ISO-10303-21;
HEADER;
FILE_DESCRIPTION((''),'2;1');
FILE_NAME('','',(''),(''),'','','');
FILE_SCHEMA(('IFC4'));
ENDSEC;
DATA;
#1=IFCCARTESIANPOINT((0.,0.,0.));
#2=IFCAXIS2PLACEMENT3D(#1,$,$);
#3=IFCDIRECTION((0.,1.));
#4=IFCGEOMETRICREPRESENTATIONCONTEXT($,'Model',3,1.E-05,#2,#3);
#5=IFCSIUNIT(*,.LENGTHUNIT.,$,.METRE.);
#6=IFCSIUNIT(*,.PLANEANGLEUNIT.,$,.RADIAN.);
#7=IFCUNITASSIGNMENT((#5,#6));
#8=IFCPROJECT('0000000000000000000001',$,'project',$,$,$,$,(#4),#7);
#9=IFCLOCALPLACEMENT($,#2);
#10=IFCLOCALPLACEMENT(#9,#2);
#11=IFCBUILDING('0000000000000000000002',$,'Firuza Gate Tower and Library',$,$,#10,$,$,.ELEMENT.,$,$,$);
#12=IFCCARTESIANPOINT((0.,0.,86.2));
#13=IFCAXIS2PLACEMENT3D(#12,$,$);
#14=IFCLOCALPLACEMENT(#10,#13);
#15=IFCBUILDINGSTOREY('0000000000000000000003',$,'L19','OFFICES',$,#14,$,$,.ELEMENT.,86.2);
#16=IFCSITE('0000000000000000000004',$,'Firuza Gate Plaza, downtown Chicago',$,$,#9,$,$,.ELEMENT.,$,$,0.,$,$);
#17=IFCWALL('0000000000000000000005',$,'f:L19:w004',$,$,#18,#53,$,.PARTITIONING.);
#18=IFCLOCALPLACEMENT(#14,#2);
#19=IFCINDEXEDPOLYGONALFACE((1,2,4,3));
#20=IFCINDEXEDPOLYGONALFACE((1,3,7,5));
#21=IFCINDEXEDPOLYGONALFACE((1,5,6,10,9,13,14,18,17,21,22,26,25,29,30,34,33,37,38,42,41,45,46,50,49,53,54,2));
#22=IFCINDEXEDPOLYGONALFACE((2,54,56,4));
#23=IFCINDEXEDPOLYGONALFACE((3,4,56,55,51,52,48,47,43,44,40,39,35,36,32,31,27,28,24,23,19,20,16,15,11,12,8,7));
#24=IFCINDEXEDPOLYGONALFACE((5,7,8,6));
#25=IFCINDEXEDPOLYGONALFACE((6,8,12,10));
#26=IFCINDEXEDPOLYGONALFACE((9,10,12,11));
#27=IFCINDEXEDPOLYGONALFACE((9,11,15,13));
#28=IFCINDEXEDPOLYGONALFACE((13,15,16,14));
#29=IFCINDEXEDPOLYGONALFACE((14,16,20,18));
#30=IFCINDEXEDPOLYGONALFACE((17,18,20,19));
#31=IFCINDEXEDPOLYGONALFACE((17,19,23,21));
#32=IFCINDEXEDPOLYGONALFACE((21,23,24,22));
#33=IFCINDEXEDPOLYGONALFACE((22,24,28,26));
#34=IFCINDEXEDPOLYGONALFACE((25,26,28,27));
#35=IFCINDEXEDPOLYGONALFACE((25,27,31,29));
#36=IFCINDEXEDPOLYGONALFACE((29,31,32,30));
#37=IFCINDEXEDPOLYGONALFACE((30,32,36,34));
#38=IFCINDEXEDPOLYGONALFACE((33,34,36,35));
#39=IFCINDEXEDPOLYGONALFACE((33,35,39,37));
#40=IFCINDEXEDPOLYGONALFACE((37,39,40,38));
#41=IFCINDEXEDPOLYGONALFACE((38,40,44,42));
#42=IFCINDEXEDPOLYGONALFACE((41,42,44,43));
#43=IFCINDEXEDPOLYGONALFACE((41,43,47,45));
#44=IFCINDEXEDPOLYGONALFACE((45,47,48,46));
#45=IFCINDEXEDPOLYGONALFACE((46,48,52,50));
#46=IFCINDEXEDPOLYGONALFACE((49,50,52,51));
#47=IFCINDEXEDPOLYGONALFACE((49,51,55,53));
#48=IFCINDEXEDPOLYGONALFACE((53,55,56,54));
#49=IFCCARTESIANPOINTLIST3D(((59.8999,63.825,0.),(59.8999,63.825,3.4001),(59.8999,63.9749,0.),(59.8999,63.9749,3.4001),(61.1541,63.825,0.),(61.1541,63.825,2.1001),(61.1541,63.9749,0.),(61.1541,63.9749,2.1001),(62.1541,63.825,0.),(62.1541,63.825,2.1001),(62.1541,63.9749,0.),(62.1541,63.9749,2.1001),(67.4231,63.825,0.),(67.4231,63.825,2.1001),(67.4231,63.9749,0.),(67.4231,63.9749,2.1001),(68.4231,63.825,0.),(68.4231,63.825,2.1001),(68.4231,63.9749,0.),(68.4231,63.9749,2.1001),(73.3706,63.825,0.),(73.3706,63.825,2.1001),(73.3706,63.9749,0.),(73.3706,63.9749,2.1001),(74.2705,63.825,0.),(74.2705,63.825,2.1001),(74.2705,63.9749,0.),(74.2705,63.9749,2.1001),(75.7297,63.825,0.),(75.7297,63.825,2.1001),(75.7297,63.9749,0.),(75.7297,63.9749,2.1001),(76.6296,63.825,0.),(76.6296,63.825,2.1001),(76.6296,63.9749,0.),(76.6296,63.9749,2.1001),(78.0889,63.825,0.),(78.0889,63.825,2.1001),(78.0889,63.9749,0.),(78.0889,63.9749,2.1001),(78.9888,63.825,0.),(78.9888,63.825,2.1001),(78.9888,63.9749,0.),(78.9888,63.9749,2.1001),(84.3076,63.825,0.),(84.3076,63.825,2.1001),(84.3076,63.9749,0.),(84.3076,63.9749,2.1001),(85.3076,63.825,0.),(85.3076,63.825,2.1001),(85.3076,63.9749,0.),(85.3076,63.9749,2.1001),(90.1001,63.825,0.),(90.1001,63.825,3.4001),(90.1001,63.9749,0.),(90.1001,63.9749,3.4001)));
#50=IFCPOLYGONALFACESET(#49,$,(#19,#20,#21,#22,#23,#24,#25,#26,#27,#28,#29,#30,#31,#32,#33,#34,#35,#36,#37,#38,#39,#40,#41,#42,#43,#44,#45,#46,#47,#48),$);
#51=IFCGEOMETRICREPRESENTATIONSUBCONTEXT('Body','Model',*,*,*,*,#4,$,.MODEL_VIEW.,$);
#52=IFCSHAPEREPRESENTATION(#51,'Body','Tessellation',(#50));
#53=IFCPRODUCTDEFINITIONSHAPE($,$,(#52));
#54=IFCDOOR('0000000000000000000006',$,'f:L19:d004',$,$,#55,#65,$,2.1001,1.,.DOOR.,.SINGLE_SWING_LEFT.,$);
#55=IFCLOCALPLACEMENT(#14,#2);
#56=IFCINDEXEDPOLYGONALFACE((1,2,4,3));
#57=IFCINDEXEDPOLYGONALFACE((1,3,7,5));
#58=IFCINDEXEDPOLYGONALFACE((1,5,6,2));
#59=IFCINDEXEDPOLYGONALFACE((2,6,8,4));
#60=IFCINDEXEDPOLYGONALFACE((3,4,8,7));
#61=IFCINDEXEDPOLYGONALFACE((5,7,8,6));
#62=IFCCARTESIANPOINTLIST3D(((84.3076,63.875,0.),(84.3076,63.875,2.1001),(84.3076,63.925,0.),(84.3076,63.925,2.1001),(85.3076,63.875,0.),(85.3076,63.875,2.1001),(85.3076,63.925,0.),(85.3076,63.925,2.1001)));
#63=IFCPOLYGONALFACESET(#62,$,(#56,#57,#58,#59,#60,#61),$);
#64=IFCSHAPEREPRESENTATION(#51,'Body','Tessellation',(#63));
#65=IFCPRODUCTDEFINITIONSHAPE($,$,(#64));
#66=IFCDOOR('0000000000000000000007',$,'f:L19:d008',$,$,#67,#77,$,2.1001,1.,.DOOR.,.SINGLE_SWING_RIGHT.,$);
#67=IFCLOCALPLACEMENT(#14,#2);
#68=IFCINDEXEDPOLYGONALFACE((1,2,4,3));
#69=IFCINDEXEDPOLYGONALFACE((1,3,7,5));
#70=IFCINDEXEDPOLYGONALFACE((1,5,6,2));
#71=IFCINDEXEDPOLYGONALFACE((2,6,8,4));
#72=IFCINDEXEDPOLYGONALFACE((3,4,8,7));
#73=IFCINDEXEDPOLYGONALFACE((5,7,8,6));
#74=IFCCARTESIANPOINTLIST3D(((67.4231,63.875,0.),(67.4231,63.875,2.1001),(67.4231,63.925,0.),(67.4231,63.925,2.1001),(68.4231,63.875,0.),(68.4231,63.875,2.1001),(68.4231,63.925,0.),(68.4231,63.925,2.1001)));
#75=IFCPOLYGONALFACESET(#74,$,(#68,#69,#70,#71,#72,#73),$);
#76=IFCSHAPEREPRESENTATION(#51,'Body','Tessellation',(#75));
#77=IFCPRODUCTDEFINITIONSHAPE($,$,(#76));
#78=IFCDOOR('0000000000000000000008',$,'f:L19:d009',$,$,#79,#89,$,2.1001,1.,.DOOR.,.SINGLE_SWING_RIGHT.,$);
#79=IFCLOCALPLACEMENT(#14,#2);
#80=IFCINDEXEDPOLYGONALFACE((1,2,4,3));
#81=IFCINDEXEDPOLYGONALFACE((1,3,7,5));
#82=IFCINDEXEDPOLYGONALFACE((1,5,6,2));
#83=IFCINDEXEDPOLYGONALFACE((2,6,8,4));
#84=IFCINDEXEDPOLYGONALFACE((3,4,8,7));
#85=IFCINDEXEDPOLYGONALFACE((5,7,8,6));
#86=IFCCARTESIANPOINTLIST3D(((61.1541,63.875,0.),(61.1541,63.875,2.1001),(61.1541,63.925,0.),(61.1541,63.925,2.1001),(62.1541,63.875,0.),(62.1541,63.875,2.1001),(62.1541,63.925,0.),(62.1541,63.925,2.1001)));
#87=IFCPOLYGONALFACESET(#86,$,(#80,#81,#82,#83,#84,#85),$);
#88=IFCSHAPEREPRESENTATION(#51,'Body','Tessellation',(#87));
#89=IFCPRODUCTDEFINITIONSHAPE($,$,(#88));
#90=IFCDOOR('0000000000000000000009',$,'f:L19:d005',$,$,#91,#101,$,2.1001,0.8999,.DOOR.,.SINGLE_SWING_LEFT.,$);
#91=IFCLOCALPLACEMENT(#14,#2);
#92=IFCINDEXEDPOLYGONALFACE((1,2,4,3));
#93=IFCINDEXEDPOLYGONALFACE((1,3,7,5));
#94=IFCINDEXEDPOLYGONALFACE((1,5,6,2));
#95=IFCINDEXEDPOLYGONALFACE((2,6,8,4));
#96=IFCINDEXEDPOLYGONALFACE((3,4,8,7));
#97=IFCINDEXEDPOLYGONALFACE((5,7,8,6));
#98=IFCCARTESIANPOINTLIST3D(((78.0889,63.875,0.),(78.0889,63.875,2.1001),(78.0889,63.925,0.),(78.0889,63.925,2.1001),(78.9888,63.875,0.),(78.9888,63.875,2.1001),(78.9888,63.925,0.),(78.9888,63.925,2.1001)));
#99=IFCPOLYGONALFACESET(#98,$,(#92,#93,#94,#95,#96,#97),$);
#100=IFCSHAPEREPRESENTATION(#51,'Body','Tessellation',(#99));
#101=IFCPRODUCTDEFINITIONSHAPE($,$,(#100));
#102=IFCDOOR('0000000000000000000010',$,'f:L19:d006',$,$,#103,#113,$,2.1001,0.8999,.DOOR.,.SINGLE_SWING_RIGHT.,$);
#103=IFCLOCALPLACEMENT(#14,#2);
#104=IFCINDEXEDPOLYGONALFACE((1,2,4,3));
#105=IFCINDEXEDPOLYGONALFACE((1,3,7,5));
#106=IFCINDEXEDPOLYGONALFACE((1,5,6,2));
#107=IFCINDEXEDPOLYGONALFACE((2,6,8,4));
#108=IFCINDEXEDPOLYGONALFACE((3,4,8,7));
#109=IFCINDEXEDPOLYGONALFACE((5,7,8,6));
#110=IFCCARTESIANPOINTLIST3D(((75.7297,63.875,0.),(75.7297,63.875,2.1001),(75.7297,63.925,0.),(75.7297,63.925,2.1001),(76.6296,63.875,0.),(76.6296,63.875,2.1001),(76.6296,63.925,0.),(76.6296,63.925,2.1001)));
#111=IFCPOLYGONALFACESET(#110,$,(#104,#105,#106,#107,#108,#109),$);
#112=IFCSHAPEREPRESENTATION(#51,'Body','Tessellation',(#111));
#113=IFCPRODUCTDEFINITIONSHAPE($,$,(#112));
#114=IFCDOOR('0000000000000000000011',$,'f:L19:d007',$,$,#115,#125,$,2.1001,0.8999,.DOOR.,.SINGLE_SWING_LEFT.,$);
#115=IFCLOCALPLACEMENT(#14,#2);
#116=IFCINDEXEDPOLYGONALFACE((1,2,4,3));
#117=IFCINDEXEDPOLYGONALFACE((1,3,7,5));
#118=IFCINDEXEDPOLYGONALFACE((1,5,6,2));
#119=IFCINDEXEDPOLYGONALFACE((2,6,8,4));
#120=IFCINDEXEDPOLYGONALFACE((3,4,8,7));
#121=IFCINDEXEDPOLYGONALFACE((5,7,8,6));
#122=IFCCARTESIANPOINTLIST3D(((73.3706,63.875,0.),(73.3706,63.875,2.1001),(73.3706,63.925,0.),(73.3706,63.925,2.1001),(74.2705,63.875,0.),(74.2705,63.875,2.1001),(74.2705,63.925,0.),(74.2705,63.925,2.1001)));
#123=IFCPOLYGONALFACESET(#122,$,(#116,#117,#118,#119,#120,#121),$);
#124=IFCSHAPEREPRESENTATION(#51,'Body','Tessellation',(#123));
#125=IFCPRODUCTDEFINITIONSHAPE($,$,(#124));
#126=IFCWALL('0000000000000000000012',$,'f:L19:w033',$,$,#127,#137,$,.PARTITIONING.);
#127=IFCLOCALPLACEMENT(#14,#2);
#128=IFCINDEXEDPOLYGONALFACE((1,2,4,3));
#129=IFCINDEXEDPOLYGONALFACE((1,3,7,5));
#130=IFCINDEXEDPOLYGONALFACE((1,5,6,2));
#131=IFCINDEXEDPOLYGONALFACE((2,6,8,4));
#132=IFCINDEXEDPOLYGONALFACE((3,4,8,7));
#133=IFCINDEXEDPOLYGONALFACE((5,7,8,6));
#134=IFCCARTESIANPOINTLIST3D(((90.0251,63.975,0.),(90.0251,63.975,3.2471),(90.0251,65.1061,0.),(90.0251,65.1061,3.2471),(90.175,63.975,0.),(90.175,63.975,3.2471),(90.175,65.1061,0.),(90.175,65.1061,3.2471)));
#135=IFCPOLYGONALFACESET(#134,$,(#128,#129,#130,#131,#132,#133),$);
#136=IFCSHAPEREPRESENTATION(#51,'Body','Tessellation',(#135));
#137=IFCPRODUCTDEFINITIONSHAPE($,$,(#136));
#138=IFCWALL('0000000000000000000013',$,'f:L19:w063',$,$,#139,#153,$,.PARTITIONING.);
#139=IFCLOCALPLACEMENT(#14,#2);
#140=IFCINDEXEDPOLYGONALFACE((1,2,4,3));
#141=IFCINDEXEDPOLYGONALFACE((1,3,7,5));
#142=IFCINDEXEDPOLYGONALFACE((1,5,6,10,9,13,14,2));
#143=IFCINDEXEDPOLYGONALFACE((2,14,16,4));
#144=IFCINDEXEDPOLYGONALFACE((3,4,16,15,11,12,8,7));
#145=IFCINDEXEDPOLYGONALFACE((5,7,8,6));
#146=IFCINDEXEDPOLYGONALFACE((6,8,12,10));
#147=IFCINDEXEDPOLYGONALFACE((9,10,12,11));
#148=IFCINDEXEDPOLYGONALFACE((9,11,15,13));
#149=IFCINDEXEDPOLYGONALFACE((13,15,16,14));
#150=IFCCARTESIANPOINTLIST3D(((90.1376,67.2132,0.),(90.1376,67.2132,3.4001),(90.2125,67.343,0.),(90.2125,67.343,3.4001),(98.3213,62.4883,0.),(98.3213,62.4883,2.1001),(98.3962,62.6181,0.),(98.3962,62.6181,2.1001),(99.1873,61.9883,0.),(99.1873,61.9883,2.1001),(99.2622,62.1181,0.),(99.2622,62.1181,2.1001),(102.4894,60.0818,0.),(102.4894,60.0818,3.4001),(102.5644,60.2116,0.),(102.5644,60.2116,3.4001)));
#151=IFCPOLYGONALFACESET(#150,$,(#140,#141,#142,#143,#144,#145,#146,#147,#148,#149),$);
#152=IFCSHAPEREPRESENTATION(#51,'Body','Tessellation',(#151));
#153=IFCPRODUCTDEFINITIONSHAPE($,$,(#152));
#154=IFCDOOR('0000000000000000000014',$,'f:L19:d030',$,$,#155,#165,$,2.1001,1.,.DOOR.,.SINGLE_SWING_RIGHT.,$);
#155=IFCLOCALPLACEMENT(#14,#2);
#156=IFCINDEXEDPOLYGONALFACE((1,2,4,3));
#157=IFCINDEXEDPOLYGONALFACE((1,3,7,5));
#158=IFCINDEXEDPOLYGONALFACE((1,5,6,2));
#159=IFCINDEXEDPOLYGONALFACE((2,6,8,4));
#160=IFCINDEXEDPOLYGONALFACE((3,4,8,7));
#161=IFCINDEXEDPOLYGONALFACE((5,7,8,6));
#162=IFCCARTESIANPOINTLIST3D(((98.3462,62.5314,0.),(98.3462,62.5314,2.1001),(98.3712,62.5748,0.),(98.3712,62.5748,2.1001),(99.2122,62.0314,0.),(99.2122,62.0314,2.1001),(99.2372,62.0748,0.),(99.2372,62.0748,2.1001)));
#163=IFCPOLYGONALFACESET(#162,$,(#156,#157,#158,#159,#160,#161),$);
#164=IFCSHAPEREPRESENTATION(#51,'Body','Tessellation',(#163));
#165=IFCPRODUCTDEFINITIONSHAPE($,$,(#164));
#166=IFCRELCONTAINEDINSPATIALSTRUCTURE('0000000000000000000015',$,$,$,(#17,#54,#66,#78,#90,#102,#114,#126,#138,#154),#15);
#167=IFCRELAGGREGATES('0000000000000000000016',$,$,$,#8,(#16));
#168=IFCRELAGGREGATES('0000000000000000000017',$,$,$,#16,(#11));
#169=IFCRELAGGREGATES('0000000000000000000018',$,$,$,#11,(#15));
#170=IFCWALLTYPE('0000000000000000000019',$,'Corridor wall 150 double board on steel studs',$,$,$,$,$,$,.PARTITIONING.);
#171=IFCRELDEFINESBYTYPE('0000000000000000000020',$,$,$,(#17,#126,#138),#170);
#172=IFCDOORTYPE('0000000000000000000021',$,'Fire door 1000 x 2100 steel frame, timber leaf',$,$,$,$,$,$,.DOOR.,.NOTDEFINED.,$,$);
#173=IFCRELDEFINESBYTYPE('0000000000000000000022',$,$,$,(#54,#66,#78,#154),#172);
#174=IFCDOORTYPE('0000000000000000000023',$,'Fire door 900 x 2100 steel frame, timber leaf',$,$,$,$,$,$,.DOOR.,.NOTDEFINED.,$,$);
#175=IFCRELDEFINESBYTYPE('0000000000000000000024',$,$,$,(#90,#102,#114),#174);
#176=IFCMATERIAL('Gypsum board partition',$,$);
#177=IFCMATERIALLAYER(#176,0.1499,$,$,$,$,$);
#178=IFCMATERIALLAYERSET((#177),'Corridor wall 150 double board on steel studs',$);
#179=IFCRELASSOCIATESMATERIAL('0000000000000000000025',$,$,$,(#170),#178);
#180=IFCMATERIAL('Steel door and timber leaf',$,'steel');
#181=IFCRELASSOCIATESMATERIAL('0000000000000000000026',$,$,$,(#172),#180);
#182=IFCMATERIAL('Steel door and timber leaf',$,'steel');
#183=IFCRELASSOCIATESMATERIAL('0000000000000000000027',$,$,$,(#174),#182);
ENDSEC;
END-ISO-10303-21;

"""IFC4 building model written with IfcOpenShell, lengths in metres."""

from ifc_helpers import new_model, si_unit, direction, frame, frame_2d, origin, place, context, subcontext, project, spatial, rectangle, extrude, material, layer, layer_set, type_object, element, fill, save


model = new_model("IFC4")

# Units and contexts
model_context = context("Model", 3, precision=1e-05, world=origin(), true_north=direction((0.0, 1.0)))
body_context = subcontext(model_context, "Body", "Model", "MODEL_VIEW")
ifc_project = project(units=[si_unit("LENGTHUNIT", "METRE"), si_unit("PLANEANGLEUNIT", "RADIAN")], contexts=[model_context])

# Site, building, storey
site_placement = place(None, origin())
site = spatial("IfcSite", under=ifc_project, at=site_placement, Name="Firuza Gate Plaza, downtown Chicago", CompositionType="ELEMENT", RefElevation=0.0)
building_placement = place(site_placement, origin())
building = spatial("IfcBuilding", under=site, at=building_placement, Name="Firuza Gate Tower and Library", CompositionType="ELEMENT")
storey_placement = place(building_placement, frame((0.0, 0.0, 86.2)))
storey = spatial("IfcBuildingStorey", under=building, at=storey_placement, Name="L19", Description="OFFICES", CompositionType="ELEMENT", Elevation=86.2)

# Wall, openings, doors
ifc_material_1 = material(Name="Gypsum board partition")
ifc_layer_1 = layer(ifc_material_1, 0.1499)
ifc_layer_set_1 = layer_set([ifc_layer_1], Name="Corridor wall 150 double board on steel studs")
wall_type_1 = type_object("IfcWallType", Name="Corridor wall 150 double board on steel studs", PredefinedType="PARTITIONING", material=ifc_layer_set_1)
wall_1_placement = place(storey_placement, frame((90.1001, 63.8999, 0.0), z_axis=(0.0, 0.0, 1.0), x_axis=(-1.0, 0.0, 0.0)))
wall_1 = element("IfcWall", 1, at=wall_1_placement, inside=storey, type_object=wall_type_1, Name="f:L19:w004", PredefinedType="PARTITIONING", context=body_context, shape_type="SweptSolid", body=[
    extrude(rectangle(XDim=30.2002, YDim=0.1499, at=frame_2d((15.1001, 0.0))), origin(), (0.0, 0.0, 1.0), 3.4001),
])
opening_1_placement = place(wall_1_placement, frame((4.7925, 0.0, 0.0)))
opening_1 = element("IfcOpeningElement", 2, at=opening_1_placement, cuts=wall_1, PredefinedType="OPENING", context=body_context, shape_type="SweptSolid", body=[
    extrude(rectangle(XDim=1.0, YDim=2.1001, at=frame_2d((0.5, 1.05))), frame((0.0, 0.085, 0.0), z_axis=(0.0, -1.0, 0.0), x_axis=(1.0, 0.0, 0.0)), (0.0, 0.0, 1.0), 0.1699),
])
opening_2_placement = place(wall_1_placement, frame((11.1113, 0.0, 0.0)))
opening_2 = element("IfcOpeningElement", 3, at=opening_2_placement, cuts=wall_1, PredefinedType="OPENING", context=body_context, shape_type="SweptSolid", body=[
    extrude(rectangle(XDim=0.8999, YDim=2.1001, at=frame_2d((0.45, 1.05))), frame((0.0, 0.085, 0.0), z_axis=(0.0, -1.0, 0.0), x_axis=(1.0, 0.0, 0.0)), (0.0, 0.0, 1.0), 0.1699),
])
opening_3_placement = place(wall_1_placement, frame((13.4705, 0.0, 0.0)))
opening_3 = element("IfcOpeningElement", 4, at=opening_3_placement, cuts=wall_1, PredefinedType="OPENING", context=body_context, shape_type="SweptSolid", body=[
    extrude(rectangle(XDim=0.8999, YDim=2.1001, at=frame_2d((0.45, 1.05))), frame((0.0, 0.085, 0.0), z_axis=(0.0, -1.0, 0.0), x_axis=(1.0, 0.0, 0.0)), (0.0, 0.0, 1.0), 0.1699),
])
opening_4_placement = place(wall_1_placement, frame((15.8296, 0.0, 0.0)))
opening_4 = element("IfcOpeningElement", 5, at=opening_4_placement, cuts=wall_1, PredefinedType="OPENING", context=body_context, shape_type="SweptSolid", body=[
    extrude(rectangle(XDim=0.8999, YDim=2.1001, at=frame_2d((0.45, 1.05))), frame((0.0, 0.085, 0.0), z_axis=(0.0, -1.0, 0.0), x_axis=(1.0, 0.0, 0.0)), (0.0, 0.0, 1.0), 0.1699),
])
opening_5_placement = place(wall_1_placement, frame((21.677, 0.0, 0.0)))
opening_5 = element("IfcOpeningElement", 6, at=opening_5_placement, cuts=wall_1, PredefinedType="OPENING", context=body_context, shape_type="SweptSolid", body=[
    extrude(rectangle(XDim=1.0, YDim=2.1001, at=frame_2d((0.5, 1.05))), frame((0.0, 0.085, 0.0), z_axis=(0.0, -1.0, 0.0), x_axis=(1.0, 0.0, 0.0)), (0.0, 0.0, 1.0), 0.1699),
])
opening_6_placement = place(wall_1_placement, frame((27.946, 0.0, 0.0)))
opening_6 = element("IfcOpeningElement", 7, at=opening_6_placement, cuts=wall_1, PredefinedType="OPENING", context=body_context, shape_type="SweptSolid", body=[
    extrude(rectangle(XDim=1.0, YDim=2.1001, at=frame_2d((0.5, 1.05))), frame((0.0, 0.085, 0.0), z_axis=(0.0, -1.0, 0.0), x_axis=(1.0, 0.0, 0.0)), (0.0, 0.0, 1.0), 0.1699),
])
ifc_material_2 = material(Name="Steel door and timber leaf", Category="steel")
door_type_1 = type_object("IfcDoorType", Name="Fire door 1000 x 2100 steel frame, timber leaf", OperationType="NOTDEFINED", PredefinedType="DOOR", material=ifc_material_2)
door_1_placement = place(opening_1_placement, origin())
door_1 = element("IfcDoor", 8, at=door_1_placement, inside=storey, type_object=door_type_1, Name="f:L19:d004", OperationType="SINGLE_SWING_LEFT", OverallHeight=2.1001, OverallWidth=1.0, PredefinedType="DOOR", context=body_context, shape_type="SweptSolid", body=[
    extrude(rectangle(XDim=1.0, YDim=2.1001, at=frame_2d((0.5, 1.05))), frame((0.0, 0.0249, 0.0), z_axis=(0.0, -1.0, 0.0), x_axis=(1.0, 0.0, 0.0)), (0.0, 0.0, 1.0), 0.05),
])
fill(opening_1, door_1)
door_2_placement = place(opening_5_placement, origin())
door_2 = element("IfcDoor", 9, at=door_2_placement, inside=storey, type_object=door_type_1, Name="f:L19:d008", OperationType="SINGLE_SWING_RIGHT", OverallHeight=2.1001, OverallWidth=1.0, PredefinedType="DOOR", context=body_context, shape_type="SweptSolid", body=[
    extrude(rectangle(XDim=1.0, YDim=2.1001, at=frame_2d((0.5, 1.05))), frame((0.0, 0.0249, 0.0), z_axis=(0.0, -1.0, 0.0), x_axis=(1.0, 0.0, 0.0)), (0.0, 0.0, 1.0), 0.05),
])
fill(opening_5, door_2)
door_3_placement = place(opening_6_placement, origin())
door_3 = element("IfcDoor", 10, at=door_3_placement, inside=storey, type_object=door_type_1, Name="f:L19:d009", OperationType="SINGLE_SWING_RIGHT", OverallHeight=2.1001, OverallWidth=1.0, PredefinedType="DOOR", context=body_context, shape_type="SweptSolid", body=[
    extrude(rectangle(XDim=1.0, YDim=2.1001, at=frame_2d((0.5, 1.05))), frame((0.0, 0.0249, 0.0), z_axis=(0.0, -1.0, 0.0), x_axis=(1.0, 0.0, 0.0)), (0.0, 0.0, 1.0), 0.05),
])
fill(opening_6, door_3)
ifc_material_3 = material(Name="Steel door and timber leaf", Category="steel")
door_type_2 = type_object("IfcDoorType", Name="Fire door 900 x 2100 steel frame, timber leaf", OperationType="NOTDEFINED", PredefinedType="DOOR", material=ifc_material_3)
door_4_placement = place(opening_2_placement, origin())
door_4 = element("IfcDoor", 11, at=door_4_placement, inside=storey, type_object=door_type_2, Name="f:L19:d005", OperationType="SINGLE_SWING_LEFT", OverallHeight=2.1001, OverallWidth=0.8999, PredefinedType="DOOR", context=body_context, shape_type="SweptSolid", body=[
    extrude(rectangle(XDim=0.8999, YDim=2.1001, at=frame_2d((0.45, 1.05))), frame((0.0, 0.0249, 0.0), z_axis=(0.0, -1.0, 0.0), x_axis=(1.0, 0.0, 0.0)), (0.0, 0.0, 1.0), 0.05),
])
fill(opening_2, door_4)
door_5_placement = place(opening_3_placement, origin())
door_5 = element("IfcDoor", 12, at=door_5_placement, inside=storey, type_object=door_type_2, Name="f:L19:d006", OperationType="SINGLE_SWING_RIGHT", OverallHeight=2.1001, OverallWidth=0.8999, PredefinedType="DOOR", context=body_context, shape_type="SweptSolid", body=[
    extrude(rectangle(XDim=0.8999, YDim=2.1001, at=frame_2d((0.45, 1.05))), frame((0.0, 0.0249, 0.0), z_axis=(0.0, -1.0, 0.0), x_axis=(1.0, 0.0, 0.0)), (0.0, 0.0, 1.0), 0.05),
])
fill(opening_3, door_5)
door_6_placement = place(opening_4_placement, origin())
door_6 = element("IfcDoor", 13, at=door_6_placement, inside=storey, type_object=door_type_2, Name="f:L19:d007", OperationType="SINGLE_SWING_LEFT", OverallHeight=2.1001, OverallWidth=0.8999, PredefinedType="DOOR", context=body_context, shape_type="SweptSolid", body=[
    extrude(rectangle(XDim=0.8999, YDim=2.1001, at=frame_2d((0.45, 1.05))), frame((0.0, 0.0249, 0.0), z_axis=(0.0, -1.0, 0.0), x_axis=(1.0, 0.0, 0.0)), (0.0, 0.0, 1.0), 0.05),
])
fill(opening_4, door_6)

# Wall
wall_2_placement = place(storey_placement, frame((90.1001, 63.9751, 0.0), z_axis=(0.0, 0.0, 1.0), x_axis=(0.0, 1.0, 0.0)))
element("IfcWall", 14, at=wall_2_placement, inside=storey, type_object=wall_type_1, Name="f:L19:w033", PredefinedType="PARTITIONING", context=body_context, shape_type="SweptSolid", body=[
    extrude(rectangle(XDim=1.1311, YDim=0.1499, at=frame_2d((0.5654, 0.0))), origin(), (0.0, 0.0, 1.0), 3.2471),
])

# Wall, opening, door
wall_3_placement = place(storey_placement, frame((90.175, 67.2781, 0.0), z_axis=(0.0, 0.0, 1.0), x_axis=(0.866025, -0.500002, 0.0)))
wall_3 = element("IfcWall", 15, at=wall_3_placement, inside=storey, type_object=wall_type_1, Name="f:L19:w063", PredefinedType="PARTITIONING", context=body_context, shape_type="SweptSolid", body=[
    extrude(rectangle(XDim=14.2627, YDim=0.1499, at=frame_2d((7.1313, 0.0))), origin(), (0.0, 0.0, 1.0), 3.4001),
])
opening_7_placement = place(wall_3_placement, frame((9.4497, 0.0, 0.0)))
opening_7 = element("IfcOpeningElement", 16, at=opening_7_placement, cuts=wall_3, PredefinedType="OPENING", context=body_context, shape_type="SweptSolid", body=[
    extrude(rectangle(XDim=1.0, YDim=2.1001, at=frame_2d((0.5, 1.05))), frame((0.0, 0.085, 0.0), z_axis=(0.0, -1.0, 0.0), x_axis=(1.0, 0.0, 0.0)), (0.0, 0.0, 1.0), 0.1699),
])
door_7_placement = place(opening_7_placement, origin())
door_7 = element("IfcDoor", 17, at=door_7_placement, inside=storey, type_object=door_type_1, Name="f:L19:d030", OperationType="SINGLE_SWING_RIGHT", OverallHeight=2.1001, OverallWidth=1.0, PredefinedType="DOOR", context=body_context, shape_type="SweptSolid", body=[
    extrude(rectangle(XDim=1.0, YDim=2.1001, at=frame_2d((0.5, 1.05))), frame((0.0, 0.0249, 0.0), z_axis=(0.0, -1.0, 0.0), x_axis=(1.0, 0.0, 0.0)), (0.0, 0.0, 1.0), 0.05),
])
fill(opening_7, door_7)

save(model, "model.ifc")
